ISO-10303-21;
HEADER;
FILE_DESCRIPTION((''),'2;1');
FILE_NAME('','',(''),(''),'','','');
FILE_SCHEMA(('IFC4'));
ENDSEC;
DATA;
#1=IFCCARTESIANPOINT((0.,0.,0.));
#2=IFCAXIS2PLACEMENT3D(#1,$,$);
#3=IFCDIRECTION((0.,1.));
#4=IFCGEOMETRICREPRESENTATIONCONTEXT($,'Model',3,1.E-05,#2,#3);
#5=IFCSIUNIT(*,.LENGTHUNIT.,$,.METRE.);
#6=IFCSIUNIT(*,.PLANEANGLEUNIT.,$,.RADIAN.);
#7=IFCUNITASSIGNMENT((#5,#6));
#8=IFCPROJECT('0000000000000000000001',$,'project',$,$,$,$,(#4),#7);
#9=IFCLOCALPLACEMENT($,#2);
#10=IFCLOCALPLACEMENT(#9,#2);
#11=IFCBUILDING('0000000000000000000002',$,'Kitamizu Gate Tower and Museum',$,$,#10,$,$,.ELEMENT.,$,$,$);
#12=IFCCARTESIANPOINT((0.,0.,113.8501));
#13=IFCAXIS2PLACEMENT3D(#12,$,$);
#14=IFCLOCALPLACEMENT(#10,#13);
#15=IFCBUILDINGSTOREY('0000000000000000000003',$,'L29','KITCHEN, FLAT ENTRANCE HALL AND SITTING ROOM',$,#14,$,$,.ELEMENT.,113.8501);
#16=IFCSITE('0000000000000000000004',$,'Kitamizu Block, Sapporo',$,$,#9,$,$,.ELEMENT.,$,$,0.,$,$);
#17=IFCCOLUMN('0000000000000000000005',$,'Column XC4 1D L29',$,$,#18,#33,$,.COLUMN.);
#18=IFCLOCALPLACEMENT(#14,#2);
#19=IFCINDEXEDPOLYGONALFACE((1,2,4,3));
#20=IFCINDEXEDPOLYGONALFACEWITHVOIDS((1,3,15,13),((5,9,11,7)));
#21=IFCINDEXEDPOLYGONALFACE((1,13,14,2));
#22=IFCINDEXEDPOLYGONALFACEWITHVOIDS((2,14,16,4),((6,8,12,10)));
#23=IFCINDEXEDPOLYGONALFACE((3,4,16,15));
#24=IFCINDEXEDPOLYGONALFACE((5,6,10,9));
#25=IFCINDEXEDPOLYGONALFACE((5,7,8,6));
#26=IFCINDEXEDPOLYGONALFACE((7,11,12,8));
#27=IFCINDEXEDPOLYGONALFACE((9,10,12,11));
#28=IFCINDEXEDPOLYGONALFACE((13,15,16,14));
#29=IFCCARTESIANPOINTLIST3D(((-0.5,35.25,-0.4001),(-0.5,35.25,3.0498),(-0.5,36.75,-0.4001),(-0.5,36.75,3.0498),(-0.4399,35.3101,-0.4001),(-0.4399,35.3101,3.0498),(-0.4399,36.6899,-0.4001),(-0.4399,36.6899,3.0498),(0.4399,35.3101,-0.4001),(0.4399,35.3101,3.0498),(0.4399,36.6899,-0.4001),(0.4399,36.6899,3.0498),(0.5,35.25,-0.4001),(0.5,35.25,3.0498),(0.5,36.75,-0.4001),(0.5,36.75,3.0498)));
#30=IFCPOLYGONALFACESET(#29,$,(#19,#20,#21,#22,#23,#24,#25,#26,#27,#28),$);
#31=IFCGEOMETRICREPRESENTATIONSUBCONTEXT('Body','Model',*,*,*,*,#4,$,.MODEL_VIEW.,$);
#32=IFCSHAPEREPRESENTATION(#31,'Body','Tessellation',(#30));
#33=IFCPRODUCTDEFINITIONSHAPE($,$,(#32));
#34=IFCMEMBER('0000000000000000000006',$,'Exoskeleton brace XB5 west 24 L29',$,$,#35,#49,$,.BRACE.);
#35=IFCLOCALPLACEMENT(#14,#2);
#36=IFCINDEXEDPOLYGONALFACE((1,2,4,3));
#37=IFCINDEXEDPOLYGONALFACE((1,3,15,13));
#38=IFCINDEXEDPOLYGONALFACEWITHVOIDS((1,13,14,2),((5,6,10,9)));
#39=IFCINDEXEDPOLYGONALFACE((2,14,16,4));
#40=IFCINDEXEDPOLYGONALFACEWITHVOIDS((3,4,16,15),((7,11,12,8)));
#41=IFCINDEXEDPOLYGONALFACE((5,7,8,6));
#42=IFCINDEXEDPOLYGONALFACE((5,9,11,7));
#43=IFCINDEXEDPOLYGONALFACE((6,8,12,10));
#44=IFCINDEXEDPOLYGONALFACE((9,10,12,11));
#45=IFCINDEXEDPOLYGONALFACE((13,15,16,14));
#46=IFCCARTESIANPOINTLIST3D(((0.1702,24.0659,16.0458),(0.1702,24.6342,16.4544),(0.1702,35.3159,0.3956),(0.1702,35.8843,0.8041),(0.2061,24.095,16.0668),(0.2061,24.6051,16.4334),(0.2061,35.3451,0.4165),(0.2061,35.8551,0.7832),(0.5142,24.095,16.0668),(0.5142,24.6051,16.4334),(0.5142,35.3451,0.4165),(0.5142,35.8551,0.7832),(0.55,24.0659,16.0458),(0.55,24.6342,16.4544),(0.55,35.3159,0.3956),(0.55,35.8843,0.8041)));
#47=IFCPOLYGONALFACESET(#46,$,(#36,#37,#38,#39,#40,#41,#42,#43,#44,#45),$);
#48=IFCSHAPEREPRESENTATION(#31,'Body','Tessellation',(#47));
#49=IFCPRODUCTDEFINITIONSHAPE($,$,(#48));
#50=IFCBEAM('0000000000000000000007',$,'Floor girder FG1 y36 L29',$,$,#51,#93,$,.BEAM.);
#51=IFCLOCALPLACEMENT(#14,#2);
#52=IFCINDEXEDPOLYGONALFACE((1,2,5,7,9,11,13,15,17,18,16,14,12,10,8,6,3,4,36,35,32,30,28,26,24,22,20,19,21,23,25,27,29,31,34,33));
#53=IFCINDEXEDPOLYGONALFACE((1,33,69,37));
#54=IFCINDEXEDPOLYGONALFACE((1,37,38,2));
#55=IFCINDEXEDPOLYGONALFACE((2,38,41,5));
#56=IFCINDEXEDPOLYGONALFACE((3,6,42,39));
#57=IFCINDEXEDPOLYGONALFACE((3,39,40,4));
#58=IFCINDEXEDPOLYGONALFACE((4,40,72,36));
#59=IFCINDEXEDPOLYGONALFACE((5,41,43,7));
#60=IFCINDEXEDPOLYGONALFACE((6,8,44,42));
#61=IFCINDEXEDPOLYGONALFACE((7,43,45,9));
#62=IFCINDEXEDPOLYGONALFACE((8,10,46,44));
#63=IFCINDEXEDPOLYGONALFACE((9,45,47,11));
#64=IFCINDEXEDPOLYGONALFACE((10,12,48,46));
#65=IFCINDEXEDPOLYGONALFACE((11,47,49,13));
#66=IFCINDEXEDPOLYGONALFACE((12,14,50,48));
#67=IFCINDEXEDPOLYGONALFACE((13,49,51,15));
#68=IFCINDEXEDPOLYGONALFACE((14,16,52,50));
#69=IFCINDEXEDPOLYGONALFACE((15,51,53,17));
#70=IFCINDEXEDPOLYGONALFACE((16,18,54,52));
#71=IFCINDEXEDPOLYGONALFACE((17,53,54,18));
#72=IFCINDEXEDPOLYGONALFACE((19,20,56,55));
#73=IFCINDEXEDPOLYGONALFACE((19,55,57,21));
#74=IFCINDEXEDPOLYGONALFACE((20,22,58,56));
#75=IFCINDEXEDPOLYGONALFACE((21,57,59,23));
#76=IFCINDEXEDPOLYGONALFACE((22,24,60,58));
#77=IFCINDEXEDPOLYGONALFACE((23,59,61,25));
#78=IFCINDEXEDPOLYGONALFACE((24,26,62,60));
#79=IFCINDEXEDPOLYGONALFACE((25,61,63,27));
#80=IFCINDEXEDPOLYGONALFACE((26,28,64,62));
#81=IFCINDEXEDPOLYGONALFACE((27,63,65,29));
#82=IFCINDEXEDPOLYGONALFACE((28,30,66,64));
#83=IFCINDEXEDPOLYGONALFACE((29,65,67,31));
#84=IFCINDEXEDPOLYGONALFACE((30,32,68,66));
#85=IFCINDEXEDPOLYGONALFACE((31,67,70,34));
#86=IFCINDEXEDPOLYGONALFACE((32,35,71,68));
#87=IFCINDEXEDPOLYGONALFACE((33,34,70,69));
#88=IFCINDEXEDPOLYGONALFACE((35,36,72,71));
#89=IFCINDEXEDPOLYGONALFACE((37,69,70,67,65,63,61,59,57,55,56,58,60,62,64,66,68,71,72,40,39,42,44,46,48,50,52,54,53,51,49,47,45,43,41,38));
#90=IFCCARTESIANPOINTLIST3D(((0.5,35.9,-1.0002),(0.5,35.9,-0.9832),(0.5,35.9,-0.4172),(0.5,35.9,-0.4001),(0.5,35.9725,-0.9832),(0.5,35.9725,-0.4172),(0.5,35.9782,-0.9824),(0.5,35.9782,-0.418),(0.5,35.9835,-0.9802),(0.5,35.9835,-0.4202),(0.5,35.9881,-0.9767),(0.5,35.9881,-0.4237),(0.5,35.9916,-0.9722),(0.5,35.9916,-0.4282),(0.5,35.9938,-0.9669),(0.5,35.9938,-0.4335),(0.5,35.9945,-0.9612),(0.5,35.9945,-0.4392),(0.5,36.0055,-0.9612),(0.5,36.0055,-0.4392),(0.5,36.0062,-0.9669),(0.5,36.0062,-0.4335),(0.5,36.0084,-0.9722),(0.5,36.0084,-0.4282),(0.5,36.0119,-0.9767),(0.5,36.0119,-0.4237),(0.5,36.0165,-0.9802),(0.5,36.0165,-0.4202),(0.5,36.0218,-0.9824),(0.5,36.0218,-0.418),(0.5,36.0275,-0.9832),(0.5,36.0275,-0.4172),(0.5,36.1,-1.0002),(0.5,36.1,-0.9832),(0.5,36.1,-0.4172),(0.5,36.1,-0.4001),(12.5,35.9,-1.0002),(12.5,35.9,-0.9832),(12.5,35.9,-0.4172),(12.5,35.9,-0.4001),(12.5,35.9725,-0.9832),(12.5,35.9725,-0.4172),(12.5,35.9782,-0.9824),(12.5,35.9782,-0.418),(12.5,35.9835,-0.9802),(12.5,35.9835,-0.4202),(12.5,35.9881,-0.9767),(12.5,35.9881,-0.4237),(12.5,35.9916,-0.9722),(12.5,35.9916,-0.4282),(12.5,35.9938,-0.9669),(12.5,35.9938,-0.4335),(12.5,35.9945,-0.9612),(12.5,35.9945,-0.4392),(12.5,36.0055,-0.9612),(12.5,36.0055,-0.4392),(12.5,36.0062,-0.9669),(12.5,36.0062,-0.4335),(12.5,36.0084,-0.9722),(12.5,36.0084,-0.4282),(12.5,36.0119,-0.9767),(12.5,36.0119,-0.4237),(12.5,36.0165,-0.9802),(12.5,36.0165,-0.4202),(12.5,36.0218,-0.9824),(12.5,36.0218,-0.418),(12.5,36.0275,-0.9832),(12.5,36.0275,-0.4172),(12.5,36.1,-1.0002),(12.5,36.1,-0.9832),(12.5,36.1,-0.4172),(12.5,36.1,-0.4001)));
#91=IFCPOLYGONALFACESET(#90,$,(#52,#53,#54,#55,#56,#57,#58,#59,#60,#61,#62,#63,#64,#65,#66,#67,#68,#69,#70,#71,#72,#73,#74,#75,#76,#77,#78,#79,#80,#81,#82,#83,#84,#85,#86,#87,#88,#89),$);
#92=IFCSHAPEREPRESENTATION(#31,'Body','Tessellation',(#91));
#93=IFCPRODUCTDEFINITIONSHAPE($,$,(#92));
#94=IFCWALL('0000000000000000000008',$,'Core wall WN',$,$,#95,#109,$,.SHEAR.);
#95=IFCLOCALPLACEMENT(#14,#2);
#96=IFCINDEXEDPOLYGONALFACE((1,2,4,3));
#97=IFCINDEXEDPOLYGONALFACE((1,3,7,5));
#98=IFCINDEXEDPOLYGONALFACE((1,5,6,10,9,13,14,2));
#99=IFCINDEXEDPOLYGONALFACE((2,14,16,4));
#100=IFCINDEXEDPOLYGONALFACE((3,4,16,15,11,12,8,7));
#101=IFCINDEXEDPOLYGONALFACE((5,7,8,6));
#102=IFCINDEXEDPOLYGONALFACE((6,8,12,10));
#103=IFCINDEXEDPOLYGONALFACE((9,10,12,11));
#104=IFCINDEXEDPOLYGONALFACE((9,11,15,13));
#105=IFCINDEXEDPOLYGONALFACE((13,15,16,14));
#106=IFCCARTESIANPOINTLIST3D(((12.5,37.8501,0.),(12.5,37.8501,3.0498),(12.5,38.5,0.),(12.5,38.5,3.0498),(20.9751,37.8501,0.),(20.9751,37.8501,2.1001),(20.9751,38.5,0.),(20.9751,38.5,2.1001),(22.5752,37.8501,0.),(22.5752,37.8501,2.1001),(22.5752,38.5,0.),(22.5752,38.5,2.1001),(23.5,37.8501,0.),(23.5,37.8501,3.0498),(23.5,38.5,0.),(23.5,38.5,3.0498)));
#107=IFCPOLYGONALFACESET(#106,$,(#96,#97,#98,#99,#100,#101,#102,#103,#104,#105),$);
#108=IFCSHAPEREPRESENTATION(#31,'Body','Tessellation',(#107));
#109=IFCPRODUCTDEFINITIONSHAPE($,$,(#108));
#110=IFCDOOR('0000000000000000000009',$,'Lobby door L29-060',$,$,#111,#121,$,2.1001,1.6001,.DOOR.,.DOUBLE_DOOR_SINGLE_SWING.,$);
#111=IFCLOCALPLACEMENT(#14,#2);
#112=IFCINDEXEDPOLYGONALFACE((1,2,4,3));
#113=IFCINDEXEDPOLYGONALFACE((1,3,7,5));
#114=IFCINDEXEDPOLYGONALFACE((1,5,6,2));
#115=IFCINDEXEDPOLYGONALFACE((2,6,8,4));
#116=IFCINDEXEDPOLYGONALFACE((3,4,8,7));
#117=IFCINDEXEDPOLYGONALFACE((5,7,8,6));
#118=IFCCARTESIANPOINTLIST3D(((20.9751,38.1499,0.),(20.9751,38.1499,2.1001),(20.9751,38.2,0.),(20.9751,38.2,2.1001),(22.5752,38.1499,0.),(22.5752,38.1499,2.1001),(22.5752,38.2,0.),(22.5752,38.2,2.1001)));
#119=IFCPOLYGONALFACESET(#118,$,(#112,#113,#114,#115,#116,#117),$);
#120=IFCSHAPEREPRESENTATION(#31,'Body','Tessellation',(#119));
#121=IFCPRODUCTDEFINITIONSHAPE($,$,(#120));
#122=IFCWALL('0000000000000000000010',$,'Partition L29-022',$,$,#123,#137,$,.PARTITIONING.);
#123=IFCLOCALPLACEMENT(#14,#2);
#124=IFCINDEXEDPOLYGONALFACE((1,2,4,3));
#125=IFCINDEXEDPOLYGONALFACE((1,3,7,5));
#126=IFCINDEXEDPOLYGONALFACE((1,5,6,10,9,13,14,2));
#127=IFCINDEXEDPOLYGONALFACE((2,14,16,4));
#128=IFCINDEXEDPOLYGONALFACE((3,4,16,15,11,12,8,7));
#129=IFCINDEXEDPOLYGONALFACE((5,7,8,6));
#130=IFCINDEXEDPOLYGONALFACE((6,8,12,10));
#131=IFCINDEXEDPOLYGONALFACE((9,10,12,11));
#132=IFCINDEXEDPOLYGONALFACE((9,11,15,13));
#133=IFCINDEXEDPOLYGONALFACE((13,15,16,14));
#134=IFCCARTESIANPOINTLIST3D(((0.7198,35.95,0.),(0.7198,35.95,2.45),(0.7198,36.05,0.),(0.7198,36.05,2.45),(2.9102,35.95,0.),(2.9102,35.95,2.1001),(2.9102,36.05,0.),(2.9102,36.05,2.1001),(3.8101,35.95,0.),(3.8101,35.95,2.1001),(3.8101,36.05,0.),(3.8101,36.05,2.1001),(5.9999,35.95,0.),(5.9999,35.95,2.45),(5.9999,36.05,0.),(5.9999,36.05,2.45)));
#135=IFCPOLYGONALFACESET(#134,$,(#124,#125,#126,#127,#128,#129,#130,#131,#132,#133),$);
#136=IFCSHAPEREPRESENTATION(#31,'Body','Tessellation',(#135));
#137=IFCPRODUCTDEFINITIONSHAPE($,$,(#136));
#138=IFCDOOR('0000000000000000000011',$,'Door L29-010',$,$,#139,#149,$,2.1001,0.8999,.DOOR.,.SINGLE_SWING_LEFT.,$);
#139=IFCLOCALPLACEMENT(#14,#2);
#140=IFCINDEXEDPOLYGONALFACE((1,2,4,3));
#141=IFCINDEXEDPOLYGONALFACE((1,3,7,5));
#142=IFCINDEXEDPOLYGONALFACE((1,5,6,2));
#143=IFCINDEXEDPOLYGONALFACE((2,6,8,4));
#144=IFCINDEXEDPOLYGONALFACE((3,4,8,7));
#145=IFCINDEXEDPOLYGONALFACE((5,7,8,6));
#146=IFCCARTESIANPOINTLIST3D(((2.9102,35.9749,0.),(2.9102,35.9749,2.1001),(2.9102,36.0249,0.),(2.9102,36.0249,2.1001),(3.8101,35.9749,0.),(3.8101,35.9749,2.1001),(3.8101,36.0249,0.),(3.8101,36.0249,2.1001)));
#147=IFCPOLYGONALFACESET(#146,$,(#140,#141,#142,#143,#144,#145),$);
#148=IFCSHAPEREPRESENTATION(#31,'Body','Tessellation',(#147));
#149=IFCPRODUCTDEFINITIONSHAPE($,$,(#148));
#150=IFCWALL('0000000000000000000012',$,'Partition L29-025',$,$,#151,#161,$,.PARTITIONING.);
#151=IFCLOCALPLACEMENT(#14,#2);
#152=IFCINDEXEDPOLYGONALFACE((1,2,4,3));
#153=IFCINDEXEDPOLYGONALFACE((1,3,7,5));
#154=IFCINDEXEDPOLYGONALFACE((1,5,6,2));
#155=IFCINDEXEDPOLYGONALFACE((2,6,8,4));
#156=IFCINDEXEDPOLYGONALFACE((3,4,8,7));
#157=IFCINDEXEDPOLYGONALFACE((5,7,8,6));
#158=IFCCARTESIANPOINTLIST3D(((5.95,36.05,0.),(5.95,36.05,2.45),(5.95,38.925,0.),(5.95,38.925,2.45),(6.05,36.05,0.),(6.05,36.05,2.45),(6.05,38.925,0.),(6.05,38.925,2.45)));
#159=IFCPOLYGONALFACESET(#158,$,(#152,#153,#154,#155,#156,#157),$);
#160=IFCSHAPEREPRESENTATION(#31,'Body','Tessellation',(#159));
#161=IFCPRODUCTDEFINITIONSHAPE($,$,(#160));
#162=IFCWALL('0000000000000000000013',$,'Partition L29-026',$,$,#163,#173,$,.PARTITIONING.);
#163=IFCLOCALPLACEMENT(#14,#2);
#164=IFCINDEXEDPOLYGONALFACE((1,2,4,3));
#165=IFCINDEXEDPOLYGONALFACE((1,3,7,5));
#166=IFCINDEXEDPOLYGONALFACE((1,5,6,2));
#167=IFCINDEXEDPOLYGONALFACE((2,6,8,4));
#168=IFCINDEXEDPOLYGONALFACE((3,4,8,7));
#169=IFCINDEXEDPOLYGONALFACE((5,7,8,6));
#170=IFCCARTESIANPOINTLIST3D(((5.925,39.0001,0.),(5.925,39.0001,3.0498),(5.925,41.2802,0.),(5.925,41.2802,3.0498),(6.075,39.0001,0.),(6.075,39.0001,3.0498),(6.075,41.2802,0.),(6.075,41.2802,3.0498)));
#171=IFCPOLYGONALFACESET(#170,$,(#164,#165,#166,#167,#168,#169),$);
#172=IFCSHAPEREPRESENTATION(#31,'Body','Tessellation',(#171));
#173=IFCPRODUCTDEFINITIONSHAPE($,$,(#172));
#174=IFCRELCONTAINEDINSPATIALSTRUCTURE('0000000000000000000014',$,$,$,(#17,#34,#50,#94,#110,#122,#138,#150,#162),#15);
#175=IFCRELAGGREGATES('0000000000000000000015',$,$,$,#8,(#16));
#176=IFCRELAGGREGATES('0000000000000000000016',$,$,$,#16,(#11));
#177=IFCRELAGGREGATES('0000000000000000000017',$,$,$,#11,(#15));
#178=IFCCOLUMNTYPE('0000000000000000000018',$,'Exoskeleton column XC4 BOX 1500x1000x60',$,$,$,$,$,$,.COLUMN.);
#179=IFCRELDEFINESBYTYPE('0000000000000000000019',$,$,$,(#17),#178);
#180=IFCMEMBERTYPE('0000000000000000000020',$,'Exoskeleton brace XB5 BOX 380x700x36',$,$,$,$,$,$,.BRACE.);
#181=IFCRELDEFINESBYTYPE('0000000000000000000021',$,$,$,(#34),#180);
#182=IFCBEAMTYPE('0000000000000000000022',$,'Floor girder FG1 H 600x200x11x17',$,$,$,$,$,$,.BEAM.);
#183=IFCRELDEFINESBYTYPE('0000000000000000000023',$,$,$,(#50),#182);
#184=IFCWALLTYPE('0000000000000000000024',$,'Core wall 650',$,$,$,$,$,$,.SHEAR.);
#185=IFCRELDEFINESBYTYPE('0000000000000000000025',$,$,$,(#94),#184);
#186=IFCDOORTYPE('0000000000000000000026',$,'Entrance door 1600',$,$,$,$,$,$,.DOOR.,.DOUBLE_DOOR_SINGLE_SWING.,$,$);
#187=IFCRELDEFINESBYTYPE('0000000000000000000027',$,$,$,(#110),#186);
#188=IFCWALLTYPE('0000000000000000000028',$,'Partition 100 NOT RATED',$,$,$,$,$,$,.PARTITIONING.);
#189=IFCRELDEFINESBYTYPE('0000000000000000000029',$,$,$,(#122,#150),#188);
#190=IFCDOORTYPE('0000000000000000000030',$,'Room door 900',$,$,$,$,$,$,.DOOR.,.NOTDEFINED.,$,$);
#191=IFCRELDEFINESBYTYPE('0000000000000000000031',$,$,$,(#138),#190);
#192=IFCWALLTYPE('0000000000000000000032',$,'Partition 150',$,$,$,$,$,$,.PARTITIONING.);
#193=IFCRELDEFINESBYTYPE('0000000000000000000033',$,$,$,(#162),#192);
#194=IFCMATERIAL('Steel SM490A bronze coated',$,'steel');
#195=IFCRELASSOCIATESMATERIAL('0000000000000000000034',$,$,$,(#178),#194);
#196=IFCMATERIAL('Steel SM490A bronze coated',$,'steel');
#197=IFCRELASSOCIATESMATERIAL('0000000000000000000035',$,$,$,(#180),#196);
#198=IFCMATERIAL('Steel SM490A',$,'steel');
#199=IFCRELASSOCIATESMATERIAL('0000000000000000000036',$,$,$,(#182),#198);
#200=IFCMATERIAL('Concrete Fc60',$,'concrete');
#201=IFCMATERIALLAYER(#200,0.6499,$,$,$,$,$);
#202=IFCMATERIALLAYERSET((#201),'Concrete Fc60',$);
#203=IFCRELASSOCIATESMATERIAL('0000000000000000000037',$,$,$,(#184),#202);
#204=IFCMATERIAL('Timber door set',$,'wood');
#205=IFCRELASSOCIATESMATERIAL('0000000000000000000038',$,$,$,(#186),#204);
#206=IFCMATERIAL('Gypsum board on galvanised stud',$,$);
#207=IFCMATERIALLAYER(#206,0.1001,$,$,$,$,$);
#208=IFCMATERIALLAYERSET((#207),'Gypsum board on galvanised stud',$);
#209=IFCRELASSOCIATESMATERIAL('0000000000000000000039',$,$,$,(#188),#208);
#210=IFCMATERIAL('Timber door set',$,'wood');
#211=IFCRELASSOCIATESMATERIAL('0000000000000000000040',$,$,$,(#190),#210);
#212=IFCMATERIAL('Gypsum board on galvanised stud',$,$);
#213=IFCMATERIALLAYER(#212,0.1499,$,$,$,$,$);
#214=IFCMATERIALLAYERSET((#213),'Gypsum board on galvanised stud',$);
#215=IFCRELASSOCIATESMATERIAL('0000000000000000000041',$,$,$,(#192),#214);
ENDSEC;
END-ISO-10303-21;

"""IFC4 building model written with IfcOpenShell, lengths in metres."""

from ifc_helpers import new_model, si_unit, direction, frame, frame_2d, origin, origin_2d, place, context, subcontext, project, spatial, rectangle, hollow_rectangle, i_section, extrude, material, layer, layer_set, material_profile, profile_set, type_object, element, fill, save


model = new_model("IFC4")

# Units and contexts
model_context = context("Model", 3, precision=1e-05, world=origin(), true_north=direction((0.0, 1.0)))
body_context = subcontext(model_context, "Body", "Model", "MODEL_VIEW")
ifc_project = project(units=[si_unit("LENGTHUNIT", "METRE"), si_unit("PLANEANGLEUNIT", "RADIAN")], contexts=[model_context])

# Site, building, storey
site_placement = place(None, origin())
site = spatial("IfcSite", under=ifc_project, at=site_placement, Name="Kitamizu Block, Sapporo", CompositionType="ELEMENT", RefElevation=0.0)
building_placement = place(site_placement, origin())
building = spatial("IfcBuilding", under=site, at=building_placement, Name="Kitamizu Gate Tower and Museum", CompositionType="ELEMENT")
storey_placement = place(building_placement, frame((0.0, 0.0, 113.8501)))
storey = spatial("IfcBuildingStorey", under=building, at=storey_placement, Name="L29", Description="KITCHEN, FLAT ENTRANCE HALL AND SITTING ROOM", CompositionType="ELEMENT", Elevation=113.8501)

# Column
ifc_material_1 = material(Name="Steel SM490A bronze coated", Category="steel")
ifc_material_profile_1 = material_profile(ifc_material_1, hollow_rectangle(XDim=1.5, YDim=1.0, WallThickness=0.0601, at=origin_2d()), Name="BOX 1500x1000x60")
ifc_profile_set_1 = profile_set([ifc_material_profile_1], Name="Steel SM490A bronze coated")
column_type = type_object("IfcColumnType", Name="Exoskeleton column XC4 BOX 1500x1000x60", PredefinedType="COLUMN", material=ifc_profile_set_1)
column_placement = place(storey_placement, frame((0.0, 36.0, -0.4001), z_axis=(0.0, 0.0, 1.0), x_axis=(0.0, 1.0, 0.0)))
element("IfcColumn", 1, at=column_placement, inside=storey, type_object=column_type, Name="Column XC4 1D L29", PredefinedType="COLUMN", context=body_context, shape_type="SweptSolid", body=[
    extrude(hollow_rectangle(XDim=1.5, YDim=1.0, WallThickness=0.0601, at=origin_2d()), origin(), (0.0, 0.0, 1.0), 3.45),
])

# Member
ifc_material_2 = material(Name="Steel SM490A bronze coated", Category="steel")
ifc_material_profile_2 = material_profile(ifc_material_2, hollow_rectangle(XDim=0.3799, YDim=0.7, WallThickness=0.0359, at=origin_2d()), Name="BOX 380x700x36")
ifc_profile_set_2 = profile_set([ifc_material_profile_2], Name="Steel SM490A bronze coated")
member_type = type_object("IfcMemberType", Name="Exoskeleton brace XB5 BOX 380x700x36", PredefinedType="BRACE", material=ifc_profile_set_2)
member_placement = place(storey_placement, frame((0.3601, 35.6001, 0.5999), z_axis=(0.0, -0.583686, 0.81198), x_axis=(1.0, 0.0, 0.0)))
element("IfcMember", 2, at=member_placement, inside=storey, type_object=member_type, Name="Exoskeleton brace XB5 west 24 L29", PredefinedType="BRACE", context=body_context, shape_type="SweptSolid", body=[
    extrude(hollow_rectangle(XDim=0.3799, YDim=0.7, WallThickness=0.0359, at=origin_2d()), origin(), (0.0, 0.0, 1.0), 19.2742),
])

# Beam
ifc_material_3 = material(Name="Steel SM490A", Category="steel")
ifc_material_profile_3 = material_profile(ifc_material_3, i_section(OverallWidth=0.2, OverallDepth=0.6001, WebThickness=0.011, FlangeThickness=0.0171, FilletRadius=0.022, at=origin_2d()), Name="H-600x200x11x17")
ifc_profile_set_3 = profile_set([ifc_material_profile_3], Name="Steel SM490A")
beam_type = type_object("IfcBeamType", Name="Floor girder FG1 H 600x200x11x17", PredefinedType="BEAM", material=ifc_profile_set_3)
beam_placement = place(storey_placement, frame((0.5, 36.0, -0.7002), z_axis=(1.0, 0.0, 0.0), x_axis=(0.0, 1.0, 0.0)))
element("IfcBeam", 3, at=beam_placement, inside=storey, type_object=beam_type, Name="Floor girder FG1 y36 L29", PredefinedType="BEAM", context=body_context, shape_type="SweptSolid", body=[
    extrude(i_section(OverallWidth=0.2, OverallDepth=0.6001, WebThickness=0.011, FlangeThickness=0.0171, FilletRadius=0.022, at=origin_2d()), origin(), (0.0, 0.0, 1.0), 12.0),
])

# Walls, openings, doors
ifc_material_4 = material(Name="Concrete Fc60", Category="concrete")
ifc_layer_1 = layer(ifc_material_4, 0.6499)
ifc_layer_set_1 = layer_set([ifc_layer_1], Name="Concrete Fc60")
wall_type_1 = type_object("IfcWallType", Name="Core wall 650", PredefinedType="SHEAR", material=ifc_layer_set_1)
wall_1_placement = place(storey_placement, frame((12.5, 38.175, 0.0), z_axis=(0.0, 0.0, 1.0), x_axis=(1.0, 0.0, 0.0)))
wall_1 = element("IfcWall", 4, at=wall_1_placement, inside=storey, type_object=wall_type_1, Name="Core wall WN", PredefinedType="SHEAR", context=body_context, shape_type="SweptSolid", body=[
    extrude(rectangle(XDim=11.0, YDim=0.6499, at=frame_2d((5.5, 0.0))), origin(), (0.0, 0.0, 1.0), 3.0498),
])
opening_1_placement = place(wall_1_placement, frame((8.4751, 0.0, 0.0)))
opening_1 = element("IfcOpeningElement", 5, at=opening_1_placement, cuts=wall_1, PredefinedType="OPENING", context=body_context, shape_type="SweptSolid", body=[
    extrude(rectangle(XDim=1.6001, YDim=2.1001, at=frame_2d((0.8, 1.05))), frame((0.0, 0.335, 0.0), z_axis=(0.0, -1.0, 0.0), x_axis=(1.0, 0.0, 0.0)), (0.0, 0.0, 1.0), 0.6699),
])
ifc_material_5 = material(Name="Timber door set", Category="wood")
door_type_1 = type_object("IfcDoorType", Name="Entrance door 1600", OperationType="DOUBLE_DOOR_SINGLE_SWING", PredefinedType="DOOR", material=ifc_material_5)
door_1_placement = place(opening_1_placement, origin())
door_1 = element("IfcDoor", 6, at=door_1_placement, inside=storey, type_object=door_type_1, Name="Lobby door L29-060", OperationType="DOUBLE_DOOR_SINGLE_SWING", OverallHeight=2.1001, OverallWidth=1.6001, PredefinedType="DOOR", context=body_context, shape_type="SweptSolid", body=[
    extrude(rectangle(XDim=1.6001, YDim=2.1001, at=frame_2d((0.8, 1.05))), frame((0.0, 0.0249, 0.0), z_axis=(0.0, -1.0, 0.0), x_axis=(1.0, 0.0, 0.0)), (0.0, 0.0, 1.0), 0.05),
])
fill(opening_1, door_1)
ifc_material_6 = material(Name="Gypsum board on galvanised stud")
ifc_layer_2 = layer(ifc_material_6, 0.1001)
ifc_layer_set_2 = layer_set([ifc_layer_2], Name="Gypsum board on galvanised stud")
wall_type_2 = type_object("IfcWallType", Name="Partition 100 NOT RATED", PredefinedType="PARTITIONING", material=ifc_layer_set_2)
wall_2_placement = place(storey_placement, frame((6.0, 36.0, 0.0), z_axis=(0.0, 0.0, 1.0), x_axis=(-1.0, 0.0, 0.0)))
wall_2 = element("IfcWall", 7, at=wall_2_placement, inside=storey, type_object=wall_type_2, Name="Partition L29-022", PredefinedType="PARTITIONING", context=body_context, shape_type="SweptSolid", body=[
    extrude(rectangle(XDim=5.28, YDim=0.1001, at=frame_2d((2.6401, 0.0))), origin(), (0.0, 0.0, 1.0), 2.45),
])
opening_2_placement = place(wall_2_placement, frame((2.1899, 0.0, 0.0)))
opening_2 = element("IfcOpeningElement", 8, at=opening_2_placement, cuts=wall_2, PredefinedType="OPENING", context=body_context, shape_type="SweptSolid", body=[
    extrude(rectangle(XDim=0.8999, YDim=2.1001, at=frame_2d((0.45, 1.05))), frame((0.0, 0.0601, 0.0), z_axis=(0.0, -1.0, 0.0), x_axis=(1.0, 0.0, 0.0)), (0.0, 0.0, 1.0), 0.1201),
])
ifc_material_7 = material(Name="Timber door set", Category="wood")
door_type_2 = type_object("IfcDoorType", Name="Room door 900", OperationType="NOTDEFINED", PredefinedType="DOOR", material=ifc_material_7)
door_2_placement = place(opening_2_placement, frame((0.8999, 0.0, 0.0), x_axis=(-1.0, 0.0, 0.0)))
door_2 = element("IfcDoor", 9, at=door_2_placement, inside=storey, type_object=door_type_2, Name="Door L29-010", OperationType="SINGLE_SWING_LEFT", OverallHeight=2.1001, OverallWidth=0.8999, PredefinedType="DOOR", context=body_context, shape_type="SweptSolid", body=[
    extrude(rectangle(XDim=0.8999, YDim=2.1001, at=frame_2d((0.45, 1.05))), frame((0.0, 0.0249, 0.0), z_axis=(0.0, -1.0, 0.0), x_axis=(1.0, 0.0, 0.0)), (0.0, 0.0, 1.0), 0.05),
])
fill(opening_2, door_2)

# Walls
wall_3_placement = place(storey_placement, frame((6.0, 36.05, 0.0), z_axis=(0.0, 0.0, 1.0), x_axis=(0.0, 1.0, 0.0)))
element("IfcWall", 10, at=wall_3_placement, inside=storey, type_object=wall_type_2, Name="Partition L29-025", PredefinedType="PARTITIONING", context=body_context, shape_type="SweptSolid", body=[
    extrude(rectangle(XDim=2.875, YDim=0.1001, at=frame_2d((1.4375, 0.0))), origin(), (0.0, 0.0, 1.0), 2.45),
])
ifc_material_8 = material(Name="Gypsum board on galvanised stud")
ifc_layer_3 = layer(ifc_material_8, 0.1499)
ifc_layer_set_3 = layer_set([ifc_layer_3], Name="Gypsum board on galvanised stud")
wall_type_3 = type_object("IfcWallType", Name="Partition 150", PredefinedType="PARTITIONING", material=ifc_layer_set_3)
wall_4_placement = place(storey_placement, frame((6.0, 39.0, 0.0), z_axis=(0.0, 0.0, 1.0), x_axis=(0.0, 1.0, 0.0)))
element("IfcWall", 11, at=wall_4_placement, inside=storey, type_object=wall_type_3, Name="Partition L29-026", PredefinedType="PARTITIONING", context=body_context, shape_type="SweptSolid", body=[
    extrude(rectangle(XDim=2.28, YDim=0.1499, at=frame_2d((1.1401, 0.0))), origin(), (0.0, 0.0, 1.0), 3.0498),
])

save(model, "model.ifc")
